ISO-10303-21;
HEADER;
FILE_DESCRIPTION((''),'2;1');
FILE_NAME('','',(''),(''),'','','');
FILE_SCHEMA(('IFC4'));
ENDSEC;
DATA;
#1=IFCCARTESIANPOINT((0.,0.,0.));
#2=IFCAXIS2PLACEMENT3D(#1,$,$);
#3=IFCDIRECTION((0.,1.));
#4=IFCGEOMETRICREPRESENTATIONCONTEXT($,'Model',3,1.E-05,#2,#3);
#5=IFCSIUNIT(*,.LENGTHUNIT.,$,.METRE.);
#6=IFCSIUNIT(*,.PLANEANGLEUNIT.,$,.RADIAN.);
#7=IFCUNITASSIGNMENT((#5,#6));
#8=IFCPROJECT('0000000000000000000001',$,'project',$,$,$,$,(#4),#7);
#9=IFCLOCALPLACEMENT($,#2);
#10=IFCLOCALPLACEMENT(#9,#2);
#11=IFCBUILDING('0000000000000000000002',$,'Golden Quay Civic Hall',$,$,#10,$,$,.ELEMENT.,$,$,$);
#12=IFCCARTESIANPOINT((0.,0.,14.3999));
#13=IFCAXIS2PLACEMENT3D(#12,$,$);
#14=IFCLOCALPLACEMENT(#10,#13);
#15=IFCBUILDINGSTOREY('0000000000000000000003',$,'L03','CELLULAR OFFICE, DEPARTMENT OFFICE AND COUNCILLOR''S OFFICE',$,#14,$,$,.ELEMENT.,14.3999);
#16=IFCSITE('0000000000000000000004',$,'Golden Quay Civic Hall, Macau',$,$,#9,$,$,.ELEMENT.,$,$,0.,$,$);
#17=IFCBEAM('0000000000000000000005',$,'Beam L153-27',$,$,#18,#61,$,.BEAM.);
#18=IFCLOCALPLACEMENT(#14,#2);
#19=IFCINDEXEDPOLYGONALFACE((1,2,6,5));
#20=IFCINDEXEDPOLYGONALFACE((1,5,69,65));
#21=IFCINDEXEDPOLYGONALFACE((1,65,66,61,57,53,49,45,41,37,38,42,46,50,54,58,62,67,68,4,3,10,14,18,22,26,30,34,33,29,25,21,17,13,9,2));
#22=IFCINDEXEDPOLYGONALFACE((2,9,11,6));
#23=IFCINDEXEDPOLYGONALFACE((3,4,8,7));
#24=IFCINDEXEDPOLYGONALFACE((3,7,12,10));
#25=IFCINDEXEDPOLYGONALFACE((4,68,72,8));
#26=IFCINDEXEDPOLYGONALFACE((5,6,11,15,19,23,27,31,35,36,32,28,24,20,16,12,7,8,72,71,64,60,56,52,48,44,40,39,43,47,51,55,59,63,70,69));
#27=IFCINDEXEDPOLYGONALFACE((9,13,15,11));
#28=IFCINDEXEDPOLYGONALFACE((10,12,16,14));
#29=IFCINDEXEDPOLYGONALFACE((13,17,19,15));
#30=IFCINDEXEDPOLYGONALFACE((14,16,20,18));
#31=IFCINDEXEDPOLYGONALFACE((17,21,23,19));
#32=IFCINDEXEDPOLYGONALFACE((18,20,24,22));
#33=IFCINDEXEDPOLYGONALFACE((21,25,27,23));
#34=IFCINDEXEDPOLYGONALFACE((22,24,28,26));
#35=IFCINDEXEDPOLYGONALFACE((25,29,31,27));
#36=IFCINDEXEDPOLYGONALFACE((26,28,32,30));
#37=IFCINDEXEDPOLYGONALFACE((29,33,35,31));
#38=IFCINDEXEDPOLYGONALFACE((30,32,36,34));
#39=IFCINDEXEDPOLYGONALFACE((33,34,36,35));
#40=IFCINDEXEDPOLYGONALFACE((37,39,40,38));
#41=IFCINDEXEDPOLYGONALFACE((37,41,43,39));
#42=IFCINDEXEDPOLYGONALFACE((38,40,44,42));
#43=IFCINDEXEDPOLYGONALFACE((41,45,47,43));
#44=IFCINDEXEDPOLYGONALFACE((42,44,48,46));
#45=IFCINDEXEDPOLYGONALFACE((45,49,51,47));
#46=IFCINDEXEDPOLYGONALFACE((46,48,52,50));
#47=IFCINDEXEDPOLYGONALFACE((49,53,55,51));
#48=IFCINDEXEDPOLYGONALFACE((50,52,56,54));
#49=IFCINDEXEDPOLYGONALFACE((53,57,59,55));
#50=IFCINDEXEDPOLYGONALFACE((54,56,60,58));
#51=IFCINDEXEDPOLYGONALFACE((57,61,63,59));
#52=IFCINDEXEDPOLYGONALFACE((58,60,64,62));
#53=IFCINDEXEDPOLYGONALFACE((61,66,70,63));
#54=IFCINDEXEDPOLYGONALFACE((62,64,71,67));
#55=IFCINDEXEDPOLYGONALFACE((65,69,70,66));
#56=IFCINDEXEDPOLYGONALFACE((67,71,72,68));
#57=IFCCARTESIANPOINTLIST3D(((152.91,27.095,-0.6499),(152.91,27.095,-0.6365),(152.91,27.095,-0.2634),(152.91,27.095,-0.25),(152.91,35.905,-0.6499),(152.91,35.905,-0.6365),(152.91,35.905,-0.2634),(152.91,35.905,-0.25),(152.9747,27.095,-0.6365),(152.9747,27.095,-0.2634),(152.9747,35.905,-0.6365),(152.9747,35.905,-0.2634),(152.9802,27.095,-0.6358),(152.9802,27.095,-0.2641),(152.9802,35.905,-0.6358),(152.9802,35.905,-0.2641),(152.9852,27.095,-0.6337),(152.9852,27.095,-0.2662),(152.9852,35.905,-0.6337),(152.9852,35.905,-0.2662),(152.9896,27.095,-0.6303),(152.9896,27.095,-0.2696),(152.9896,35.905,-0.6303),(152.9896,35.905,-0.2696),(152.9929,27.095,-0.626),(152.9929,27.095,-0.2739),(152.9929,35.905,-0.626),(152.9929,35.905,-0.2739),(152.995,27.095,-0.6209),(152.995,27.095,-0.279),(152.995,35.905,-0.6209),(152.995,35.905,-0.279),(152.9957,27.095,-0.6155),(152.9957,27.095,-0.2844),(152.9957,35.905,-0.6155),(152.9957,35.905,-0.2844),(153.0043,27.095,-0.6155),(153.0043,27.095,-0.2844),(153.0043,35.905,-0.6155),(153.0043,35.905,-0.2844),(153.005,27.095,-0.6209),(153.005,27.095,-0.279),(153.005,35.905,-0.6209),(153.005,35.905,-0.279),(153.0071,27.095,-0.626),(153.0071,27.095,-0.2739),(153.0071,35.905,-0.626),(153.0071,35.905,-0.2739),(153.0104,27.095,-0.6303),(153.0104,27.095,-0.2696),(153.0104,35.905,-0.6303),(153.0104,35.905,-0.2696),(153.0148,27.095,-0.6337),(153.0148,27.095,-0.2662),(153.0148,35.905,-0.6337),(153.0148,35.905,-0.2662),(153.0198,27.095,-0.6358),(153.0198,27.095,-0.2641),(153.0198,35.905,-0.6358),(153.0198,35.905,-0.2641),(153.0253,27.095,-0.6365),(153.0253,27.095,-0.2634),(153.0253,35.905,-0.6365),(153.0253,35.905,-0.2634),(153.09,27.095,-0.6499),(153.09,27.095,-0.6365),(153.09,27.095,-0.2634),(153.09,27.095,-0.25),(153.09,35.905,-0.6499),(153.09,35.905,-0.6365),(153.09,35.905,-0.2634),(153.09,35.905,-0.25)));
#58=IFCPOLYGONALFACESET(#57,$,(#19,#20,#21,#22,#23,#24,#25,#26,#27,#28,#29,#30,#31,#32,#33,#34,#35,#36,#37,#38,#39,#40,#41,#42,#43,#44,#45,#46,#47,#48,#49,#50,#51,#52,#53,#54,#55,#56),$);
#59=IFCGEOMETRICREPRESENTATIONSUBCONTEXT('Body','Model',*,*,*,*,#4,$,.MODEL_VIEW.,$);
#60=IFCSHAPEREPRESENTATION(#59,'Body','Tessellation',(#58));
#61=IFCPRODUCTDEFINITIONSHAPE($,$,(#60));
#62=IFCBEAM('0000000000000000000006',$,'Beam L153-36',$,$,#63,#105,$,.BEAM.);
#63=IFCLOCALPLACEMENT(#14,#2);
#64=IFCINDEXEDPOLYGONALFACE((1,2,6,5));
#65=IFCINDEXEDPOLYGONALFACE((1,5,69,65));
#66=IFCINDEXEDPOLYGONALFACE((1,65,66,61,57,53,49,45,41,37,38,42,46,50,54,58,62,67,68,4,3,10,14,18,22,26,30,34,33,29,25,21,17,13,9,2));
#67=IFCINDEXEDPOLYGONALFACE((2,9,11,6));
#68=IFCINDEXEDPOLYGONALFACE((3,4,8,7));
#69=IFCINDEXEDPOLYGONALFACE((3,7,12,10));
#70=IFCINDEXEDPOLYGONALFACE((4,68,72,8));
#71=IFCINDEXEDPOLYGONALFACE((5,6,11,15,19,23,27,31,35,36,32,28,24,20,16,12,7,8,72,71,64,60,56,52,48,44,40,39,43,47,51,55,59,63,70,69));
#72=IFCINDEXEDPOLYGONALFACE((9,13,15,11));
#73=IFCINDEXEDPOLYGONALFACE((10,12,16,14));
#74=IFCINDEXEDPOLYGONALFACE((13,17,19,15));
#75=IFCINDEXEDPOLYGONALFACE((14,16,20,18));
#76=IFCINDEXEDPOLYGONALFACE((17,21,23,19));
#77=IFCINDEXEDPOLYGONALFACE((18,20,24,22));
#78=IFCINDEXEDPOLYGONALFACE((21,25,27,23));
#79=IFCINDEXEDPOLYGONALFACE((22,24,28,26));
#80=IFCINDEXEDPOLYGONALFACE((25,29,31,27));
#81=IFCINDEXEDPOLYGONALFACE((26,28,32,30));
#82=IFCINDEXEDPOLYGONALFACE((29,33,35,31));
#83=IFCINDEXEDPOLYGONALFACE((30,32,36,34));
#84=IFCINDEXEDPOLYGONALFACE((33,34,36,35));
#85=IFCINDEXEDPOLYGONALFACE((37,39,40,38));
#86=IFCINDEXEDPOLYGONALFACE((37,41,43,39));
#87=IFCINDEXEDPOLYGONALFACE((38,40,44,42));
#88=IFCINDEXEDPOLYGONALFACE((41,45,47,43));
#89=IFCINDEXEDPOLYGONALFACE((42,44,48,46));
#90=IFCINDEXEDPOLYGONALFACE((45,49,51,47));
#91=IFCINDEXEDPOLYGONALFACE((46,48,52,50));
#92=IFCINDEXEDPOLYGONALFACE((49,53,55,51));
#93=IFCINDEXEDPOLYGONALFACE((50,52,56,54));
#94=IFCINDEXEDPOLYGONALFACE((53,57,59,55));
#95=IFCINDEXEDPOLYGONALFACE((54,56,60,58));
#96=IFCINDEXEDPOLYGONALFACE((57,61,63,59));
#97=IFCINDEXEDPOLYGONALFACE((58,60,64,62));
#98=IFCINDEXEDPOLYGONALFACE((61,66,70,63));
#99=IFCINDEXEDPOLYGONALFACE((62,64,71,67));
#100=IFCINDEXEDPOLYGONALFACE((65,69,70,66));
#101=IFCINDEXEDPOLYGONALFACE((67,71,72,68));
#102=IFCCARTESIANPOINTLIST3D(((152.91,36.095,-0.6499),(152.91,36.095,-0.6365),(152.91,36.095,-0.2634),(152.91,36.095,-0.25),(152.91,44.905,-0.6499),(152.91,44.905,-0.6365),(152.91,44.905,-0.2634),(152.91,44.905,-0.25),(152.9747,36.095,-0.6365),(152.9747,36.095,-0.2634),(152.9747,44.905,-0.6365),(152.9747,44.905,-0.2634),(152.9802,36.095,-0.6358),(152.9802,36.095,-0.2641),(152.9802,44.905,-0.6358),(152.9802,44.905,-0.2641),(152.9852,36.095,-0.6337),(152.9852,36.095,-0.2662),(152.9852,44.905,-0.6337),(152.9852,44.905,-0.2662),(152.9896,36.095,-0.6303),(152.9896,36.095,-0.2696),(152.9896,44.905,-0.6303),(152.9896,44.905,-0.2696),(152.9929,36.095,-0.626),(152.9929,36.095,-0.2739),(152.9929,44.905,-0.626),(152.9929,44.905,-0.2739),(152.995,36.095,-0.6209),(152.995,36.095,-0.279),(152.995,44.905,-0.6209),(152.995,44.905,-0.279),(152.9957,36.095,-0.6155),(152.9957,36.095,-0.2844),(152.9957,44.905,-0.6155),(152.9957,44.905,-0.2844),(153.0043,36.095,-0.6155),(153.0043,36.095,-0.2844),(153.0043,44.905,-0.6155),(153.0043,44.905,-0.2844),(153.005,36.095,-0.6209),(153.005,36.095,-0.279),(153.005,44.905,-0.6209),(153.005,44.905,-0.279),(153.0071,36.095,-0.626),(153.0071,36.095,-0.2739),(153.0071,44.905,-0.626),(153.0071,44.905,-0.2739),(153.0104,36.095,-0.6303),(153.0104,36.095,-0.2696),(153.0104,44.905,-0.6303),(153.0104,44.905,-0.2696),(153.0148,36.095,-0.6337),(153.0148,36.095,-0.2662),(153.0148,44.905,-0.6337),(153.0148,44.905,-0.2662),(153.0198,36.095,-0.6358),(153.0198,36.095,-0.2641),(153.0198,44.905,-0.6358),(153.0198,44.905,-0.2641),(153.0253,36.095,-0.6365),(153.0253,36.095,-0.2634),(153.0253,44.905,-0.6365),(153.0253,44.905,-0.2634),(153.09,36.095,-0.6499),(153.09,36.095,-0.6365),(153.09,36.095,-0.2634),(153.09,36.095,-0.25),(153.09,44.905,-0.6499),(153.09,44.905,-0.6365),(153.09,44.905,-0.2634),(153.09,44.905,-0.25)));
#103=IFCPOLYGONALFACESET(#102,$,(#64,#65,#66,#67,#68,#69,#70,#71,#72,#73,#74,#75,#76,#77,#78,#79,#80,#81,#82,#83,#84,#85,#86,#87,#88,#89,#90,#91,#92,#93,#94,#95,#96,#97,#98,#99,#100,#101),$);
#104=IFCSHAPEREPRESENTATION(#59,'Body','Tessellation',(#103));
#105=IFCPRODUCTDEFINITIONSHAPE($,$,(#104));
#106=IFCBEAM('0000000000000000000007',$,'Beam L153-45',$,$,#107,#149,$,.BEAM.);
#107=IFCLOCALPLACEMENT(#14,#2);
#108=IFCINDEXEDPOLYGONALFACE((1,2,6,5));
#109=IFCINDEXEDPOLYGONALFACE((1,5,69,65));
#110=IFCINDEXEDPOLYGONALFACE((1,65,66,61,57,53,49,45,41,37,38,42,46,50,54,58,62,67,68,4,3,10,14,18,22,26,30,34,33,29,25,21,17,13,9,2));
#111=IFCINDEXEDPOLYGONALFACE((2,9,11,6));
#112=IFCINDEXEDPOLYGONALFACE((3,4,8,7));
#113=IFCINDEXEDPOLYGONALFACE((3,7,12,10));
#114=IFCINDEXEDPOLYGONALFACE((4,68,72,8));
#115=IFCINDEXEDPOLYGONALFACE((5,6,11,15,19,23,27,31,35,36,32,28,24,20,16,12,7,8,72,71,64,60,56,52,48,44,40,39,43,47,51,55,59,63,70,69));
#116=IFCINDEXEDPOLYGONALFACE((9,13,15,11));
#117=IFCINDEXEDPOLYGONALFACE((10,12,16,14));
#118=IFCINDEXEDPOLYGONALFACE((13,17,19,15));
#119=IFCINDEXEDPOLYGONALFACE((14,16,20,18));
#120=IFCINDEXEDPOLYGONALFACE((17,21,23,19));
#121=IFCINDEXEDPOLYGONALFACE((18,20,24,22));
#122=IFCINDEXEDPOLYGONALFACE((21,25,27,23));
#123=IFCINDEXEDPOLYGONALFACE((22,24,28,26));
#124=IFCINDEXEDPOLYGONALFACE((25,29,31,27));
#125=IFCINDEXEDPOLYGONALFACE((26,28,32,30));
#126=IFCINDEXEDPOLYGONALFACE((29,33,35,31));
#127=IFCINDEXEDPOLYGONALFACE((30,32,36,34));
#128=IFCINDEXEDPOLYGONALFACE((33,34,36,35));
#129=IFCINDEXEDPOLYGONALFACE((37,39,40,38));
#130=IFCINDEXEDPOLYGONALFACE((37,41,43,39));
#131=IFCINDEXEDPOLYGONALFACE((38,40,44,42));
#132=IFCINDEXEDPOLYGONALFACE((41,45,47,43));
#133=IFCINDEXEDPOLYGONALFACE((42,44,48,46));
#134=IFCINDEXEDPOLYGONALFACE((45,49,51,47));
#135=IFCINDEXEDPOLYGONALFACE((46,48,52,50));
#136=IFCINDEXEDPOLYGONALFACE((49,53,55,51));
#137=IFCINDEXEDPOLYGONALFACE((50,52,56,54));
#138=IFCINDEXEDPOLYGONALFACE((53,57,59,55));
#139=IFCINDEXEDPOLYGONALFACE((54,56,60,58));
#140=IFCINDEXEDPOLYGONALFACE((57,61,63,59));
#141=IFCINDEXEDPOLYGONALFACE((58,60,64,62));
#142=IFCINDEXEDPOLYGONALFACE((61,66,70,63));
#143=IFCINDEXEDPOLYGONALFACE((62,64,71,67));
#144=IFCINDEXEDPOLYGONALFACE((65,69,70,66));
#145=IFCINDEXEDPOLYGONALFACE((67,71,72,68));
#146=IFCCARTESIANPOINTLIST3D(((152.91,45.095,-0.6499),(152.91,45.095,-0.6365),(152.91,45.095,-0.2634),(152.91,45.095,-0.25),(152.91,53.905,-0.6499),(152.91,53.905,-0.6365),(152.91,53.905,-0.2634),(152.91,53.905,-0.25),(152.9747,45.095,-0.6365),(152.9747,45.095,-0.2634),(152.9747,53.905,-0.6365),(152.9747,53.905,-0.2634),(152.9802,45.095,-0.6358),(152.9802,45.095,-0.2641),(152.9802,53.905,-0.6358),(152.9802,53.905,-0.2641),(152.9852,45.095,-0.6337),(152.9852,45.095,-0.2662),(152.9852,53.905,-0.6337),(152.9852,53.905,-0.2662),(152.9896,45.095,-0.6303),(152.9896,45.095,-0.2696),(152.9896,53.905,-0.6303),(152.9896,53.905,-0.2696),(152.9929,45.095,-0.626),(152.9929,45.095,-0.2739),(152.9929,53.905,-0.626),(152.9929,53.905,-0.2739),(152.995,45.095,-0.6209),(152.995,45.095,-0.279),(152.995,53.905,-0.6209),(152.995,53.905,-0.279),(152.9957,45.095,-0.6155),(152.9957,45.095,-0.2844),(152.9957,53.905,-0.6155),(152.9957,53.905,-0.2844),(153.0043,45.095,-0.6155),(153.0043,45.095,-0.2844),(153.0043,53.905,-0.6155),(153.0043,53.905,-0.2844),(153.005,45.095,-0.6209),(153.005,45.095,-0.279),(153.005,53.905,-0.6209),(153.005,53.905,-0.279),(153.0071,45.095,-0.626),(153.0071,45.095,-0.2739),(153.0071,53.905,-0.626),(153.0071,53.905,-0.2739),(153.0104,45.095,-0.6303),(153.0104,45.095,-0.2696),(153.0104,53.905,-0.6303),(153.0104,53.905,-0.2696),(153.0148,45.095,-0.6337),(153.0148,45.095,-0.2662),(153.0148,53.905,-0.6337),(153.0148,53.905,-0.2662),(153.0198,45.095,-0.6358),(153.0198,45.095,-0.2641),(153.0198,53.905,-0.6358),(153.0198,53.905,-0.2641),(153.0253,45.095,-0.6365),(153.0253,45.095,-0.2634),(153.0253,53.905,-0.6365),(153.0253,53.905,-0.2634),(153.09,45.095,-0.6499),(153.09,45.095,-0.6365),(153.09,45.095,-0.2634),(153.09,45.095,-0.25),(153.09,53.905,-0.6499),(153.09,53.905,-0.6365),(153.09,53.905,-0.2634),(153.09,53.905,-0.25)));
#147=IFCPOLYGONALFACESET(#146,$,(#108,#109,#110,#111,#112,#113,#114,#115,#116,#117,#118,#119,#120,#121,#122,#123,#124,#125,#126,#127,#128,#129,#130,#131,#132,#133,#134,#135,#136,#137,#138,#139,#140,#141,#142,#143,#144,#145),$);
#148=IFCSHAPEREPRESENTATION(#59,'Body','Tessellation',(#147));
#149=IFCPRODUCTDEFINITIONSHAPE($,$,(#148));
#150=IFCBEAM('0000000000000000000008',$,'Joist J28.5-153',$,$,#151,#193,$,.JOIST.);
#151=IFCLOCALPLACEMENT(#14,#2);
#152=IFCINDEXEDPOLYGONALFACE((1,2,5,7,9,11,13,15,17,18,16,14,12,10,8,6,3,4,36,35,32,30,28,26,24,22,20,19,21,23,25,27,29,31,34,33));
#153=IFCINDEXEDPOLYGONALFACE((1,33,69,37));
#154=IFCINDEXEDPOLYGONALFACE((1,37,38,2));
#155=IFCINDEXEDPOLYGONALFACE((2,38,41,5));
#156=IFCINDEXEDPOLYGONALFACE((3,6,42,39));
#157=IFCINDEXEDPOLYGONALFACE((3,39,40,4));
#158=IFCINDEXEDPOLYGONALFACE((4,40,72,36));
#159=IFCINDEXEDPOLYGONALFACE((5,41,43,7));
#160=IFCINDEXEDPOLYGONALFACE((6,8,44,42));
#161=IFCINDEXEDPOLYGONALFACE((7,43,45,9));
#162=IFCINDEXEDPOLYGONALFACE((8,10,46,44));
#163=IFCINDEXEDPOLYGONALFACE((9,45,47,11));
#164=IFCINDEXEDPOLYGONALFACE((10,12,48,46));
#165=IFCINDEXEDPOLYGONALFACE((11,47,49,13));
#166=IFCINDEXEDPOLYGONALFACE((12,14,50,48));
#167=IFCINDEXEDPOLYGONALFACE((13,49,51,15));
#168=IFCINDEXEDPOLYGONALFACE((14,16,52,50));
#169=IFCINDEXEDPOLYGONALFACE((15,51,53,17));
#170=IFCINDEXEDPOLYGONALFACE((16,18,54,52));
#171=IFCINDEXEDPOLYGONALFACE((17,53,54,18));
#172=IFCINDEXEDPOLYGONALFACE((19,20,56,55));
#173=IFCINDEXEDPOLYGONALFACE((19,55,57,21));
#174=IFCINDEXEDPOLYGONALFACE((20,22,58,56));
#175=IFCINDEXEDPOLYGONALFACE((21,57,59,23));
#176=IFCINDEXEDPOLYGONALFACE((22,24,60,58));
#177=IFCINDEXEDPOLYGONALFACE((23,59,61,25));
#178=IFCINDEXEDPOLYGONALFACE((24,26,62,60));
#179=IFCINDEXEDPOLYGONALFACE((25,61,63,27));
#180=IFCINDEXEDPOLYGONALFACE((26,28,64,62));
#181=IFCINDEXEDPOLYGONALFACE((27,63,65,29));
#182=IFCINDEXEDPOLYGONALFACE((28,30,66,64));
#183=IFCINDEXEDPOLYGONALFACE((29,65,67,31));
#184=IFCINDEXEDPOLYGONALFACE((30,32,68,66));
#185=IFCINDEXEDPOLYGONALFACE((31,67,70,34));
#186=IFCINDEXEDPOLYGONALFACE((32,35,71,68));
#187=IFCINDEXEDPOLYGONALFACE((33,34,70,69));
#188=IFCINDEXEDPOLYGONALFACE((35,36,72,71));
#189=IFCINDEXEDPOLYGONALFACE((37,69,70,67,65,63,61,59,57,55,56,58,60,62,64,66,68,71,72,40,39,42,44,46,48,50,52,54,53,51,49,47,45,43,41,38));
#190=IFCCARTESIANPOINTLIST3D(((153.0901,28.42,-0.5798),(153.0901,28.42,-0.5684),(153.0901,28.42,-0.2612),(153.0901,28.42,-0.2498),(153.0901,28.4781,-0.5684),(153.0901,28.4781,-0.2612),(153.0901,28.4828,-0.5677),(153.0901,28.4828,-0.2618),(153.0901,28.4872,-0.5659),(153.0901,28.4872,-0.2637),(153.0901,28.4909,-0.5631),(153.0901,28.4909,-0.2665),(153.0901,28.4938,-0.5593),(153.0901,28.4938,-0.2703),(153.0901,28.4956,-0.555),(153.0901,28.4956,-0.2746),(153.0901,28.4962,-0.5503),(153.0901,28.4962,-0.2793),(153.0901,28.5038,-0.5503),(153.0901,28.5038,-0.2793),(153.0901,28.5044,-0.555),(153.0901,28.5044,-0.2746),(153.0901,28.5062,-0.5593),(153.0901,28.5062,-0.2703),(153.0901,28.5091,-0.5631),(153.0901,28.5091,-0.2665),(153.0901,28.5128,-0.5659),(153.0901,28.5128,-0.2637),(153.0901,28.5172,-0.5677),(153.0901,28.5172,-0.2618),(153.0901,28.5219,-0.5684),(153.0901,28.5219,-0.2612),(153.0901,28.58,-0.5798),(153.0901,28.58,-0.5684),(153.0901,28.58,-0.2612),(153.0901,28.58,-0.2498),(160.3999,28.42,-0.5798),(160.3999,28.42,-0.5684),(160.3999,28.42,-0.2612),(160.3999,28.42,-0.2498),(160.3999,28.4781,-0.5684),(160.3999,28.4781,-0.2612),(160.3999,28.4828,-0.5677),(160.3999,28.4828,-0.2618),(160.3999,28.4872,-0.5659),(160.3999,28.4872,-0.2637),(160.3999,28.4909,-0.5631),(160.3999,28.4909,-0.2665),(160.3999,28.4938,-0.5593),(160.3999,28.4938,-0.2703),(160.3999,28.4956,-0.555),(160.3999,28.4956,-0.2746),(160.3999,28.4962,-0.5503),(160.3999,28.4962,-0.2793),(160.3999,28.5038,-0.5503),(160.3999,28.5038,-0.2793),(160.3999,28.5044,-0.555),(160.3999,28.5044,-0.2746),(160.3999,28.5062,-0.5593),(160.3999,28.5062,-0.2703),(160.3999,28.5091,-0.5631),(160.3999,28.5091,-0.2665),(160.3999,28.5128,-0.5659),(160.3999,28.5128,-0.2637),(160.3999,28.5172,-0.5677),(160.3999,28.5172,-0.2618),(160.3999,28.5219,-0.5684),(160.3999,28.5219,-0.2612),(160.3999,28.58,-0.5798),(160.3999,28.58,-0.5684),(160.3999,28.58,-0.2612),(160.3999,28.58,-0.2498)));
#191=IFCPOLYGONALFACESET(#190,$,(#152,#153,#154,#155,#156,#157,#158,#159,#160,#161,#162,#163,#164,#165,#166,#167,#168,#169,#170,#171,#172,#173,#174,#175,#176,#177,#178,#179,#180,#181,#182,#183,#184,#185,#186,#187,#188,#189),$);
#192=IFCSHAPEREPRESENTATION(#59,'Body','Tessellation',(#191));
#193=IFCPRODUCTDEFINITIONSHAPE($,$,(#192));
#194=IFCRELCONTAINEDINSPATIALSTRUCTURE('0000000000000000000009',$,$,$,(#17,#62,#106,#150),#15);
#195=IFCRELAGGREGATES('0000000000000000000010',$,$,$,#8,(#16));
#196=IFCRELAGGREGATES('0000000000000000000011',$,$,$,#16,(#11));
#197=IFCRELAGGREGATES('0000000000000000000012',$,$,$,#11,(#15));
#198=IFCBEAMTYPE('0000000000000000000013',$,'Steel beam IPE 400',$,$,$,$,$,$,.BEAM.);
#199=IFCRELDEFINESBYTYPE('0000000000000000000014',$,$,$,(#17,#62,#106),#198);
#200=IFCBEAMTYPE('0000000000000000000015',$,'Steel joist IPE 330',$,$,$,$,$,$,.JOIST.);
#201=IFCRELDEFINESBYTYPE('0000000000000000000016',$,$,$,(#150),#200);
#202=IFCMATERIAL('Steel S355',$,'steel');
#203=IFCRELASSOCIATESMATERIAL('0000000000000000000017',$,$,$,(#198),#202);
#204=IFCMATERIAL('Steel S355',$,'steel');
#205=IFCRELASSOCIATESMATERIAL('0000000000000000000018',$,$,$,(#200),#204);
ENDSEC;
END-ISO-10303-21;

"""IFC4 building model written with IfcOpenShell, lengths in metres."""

from ifc_helpers import new_model, si_unit, direction, frame, origin, origin_2d, place, context, subcontext, project, spatial, i_section, extrude, material, material_profile, profile_set, type_object, element, save


model = new_model("IFC4")

# Units and contexts
model_context = context("Model", 3, precision=1e-05, world=origin(), true_north=direction((0.0, 1.0)))
body_context = subcontext(model_context, "Body", "Model", "MODEL_VIEW")
ifc_project = project(units=[si_unit("LENGTHUNIT", "METRE"), si_unit("PLANEANGLEUNIT", "RADIAN")], contexts=[model_context])

# Site, building, storey
site_placement = place(None, origin())
site = spatial("IfcSite", under=ifc_project, at=site_placement, Name="Golden Quay Civic Hall, Macau", CompositionType="ELEMENT", RefElevation=0.0)
building_placement = place(site_placement, origin())
building = spatial("IfcBuilding", under=site, at=building_placement, Name="Golden Quay Civic Hall", CompositionType="ELEMENT")
storey_placement = place(building_placement, frame((0.0, 0.0, 14.3999)))
storey = spatial("IfcBuildingStorey", under=building, at=storey_placement, Name="L03", Description="CELLULAR OFFICE, DEPARTMENT OFFICE AND COUNCILLOR'S OFFICE", CompositionType="ELEMENT", Elevation=14.3999)

# Beams
ifc_material_1 = material(Name="Steel S355", Category="steel")
ifc_material_profile_1 = material_profile(ifc_material_1, i_section(OverallWidth=0.1799, OverallDepth=0.3999, WebThickness=0.0085, FlangeThickness=0.0134, FilletRadius=0.021, at=origin_2d()), Name="IPE 400")
ifc_profile_set_1 = profile_set([ifc_material_profile_1], Name="Steel S355")
beam_type_1 = type_object("IfcBeamType", Name="Steel beam IPE 400", PredefinedType="BEAM", material=ifc_profile_set_1)
for number, where, z_axis, x_axis, name in (
    (1, (153.0, 27.095, -0.45), (0.0, 1.0, 0.0), (-1.0, 0.0, 0.0), "Beam L153-27"),
    (2, (153.0, 36.095, -0.45), (0.0, 1.0, 0.0), (-1.0, 0.0, 0.0), "Beam L153-36"),
    (3, (153.0, 45.095, -0.45), (0.0, 1.0, 0.0), (-1.0, 0.0, 0.0), "Beam L153-45"),
):
    element("IfcBeam", number, at=place(storey_placement, frame(where, z_axis=z_axis, x_axis=x_axis)), inside=storey, type_object=beam_type_1, Name=name, PredefinedType="BEAM", context=body_context, shape_type="SweptSolid", body=[
        extrude(i_section(OverallWidth=0.1799, OverallDepth=0.3999, WebThickness=0.0085, FlangeThickness=0.0134, FilletRadius=0.021, at=origin_2d()), origin(), (0.0, 0.0, 1.0), 8.8101),
    ])
ifc_material_2 = material(Name="Steel S355", Category="steel")
ifc_material_profile_2 = material_profile(ifc_material_2, i_section(OverallWidth=0.1599, OverallDepth=0.3301, WebThickness=0.0076, FlangeThickness=0.0115, FilletRadius=0.0181, at=origin_2d()), Name="IPE 330")
ifc_profile_set_2 = profile_set([ifc_material_profile_2], Name="Steel S355")
beam_type_2 = type_object("IfcBeamType", Name="Steel joist IPE 330", PredefinedType="JOIST", material=ifc_profile_set_2)
for number, where, z_axis, x_axis, name in (
    (4, (153.0901, 28.5, -0.4148), (1.0, 0.0, 0.0), (0.0, 1.0, 0.0), "Joist J28.5-153"),
):
    element("IfcBeam", number, at=place(storey_placement, frame(where, z_axis=z_axis, x_axis=x_axis)), inside=storey, type_object=beam_type_2, Name=name, PredefinedType="JOIST", context=body_context, shape_type="SweptSolid", body=[
        extrude(i_section(OverallWidth=0.1599, OverallDepth=0.3301, WebThickness=0.0076, FlangeThickness=0.0115, FilletRadius=0.0181, at=origin_2d()), origin(), (0.0, 0.0, 1.0), 7.3098),
    ])

save(model, "model.ifc")
